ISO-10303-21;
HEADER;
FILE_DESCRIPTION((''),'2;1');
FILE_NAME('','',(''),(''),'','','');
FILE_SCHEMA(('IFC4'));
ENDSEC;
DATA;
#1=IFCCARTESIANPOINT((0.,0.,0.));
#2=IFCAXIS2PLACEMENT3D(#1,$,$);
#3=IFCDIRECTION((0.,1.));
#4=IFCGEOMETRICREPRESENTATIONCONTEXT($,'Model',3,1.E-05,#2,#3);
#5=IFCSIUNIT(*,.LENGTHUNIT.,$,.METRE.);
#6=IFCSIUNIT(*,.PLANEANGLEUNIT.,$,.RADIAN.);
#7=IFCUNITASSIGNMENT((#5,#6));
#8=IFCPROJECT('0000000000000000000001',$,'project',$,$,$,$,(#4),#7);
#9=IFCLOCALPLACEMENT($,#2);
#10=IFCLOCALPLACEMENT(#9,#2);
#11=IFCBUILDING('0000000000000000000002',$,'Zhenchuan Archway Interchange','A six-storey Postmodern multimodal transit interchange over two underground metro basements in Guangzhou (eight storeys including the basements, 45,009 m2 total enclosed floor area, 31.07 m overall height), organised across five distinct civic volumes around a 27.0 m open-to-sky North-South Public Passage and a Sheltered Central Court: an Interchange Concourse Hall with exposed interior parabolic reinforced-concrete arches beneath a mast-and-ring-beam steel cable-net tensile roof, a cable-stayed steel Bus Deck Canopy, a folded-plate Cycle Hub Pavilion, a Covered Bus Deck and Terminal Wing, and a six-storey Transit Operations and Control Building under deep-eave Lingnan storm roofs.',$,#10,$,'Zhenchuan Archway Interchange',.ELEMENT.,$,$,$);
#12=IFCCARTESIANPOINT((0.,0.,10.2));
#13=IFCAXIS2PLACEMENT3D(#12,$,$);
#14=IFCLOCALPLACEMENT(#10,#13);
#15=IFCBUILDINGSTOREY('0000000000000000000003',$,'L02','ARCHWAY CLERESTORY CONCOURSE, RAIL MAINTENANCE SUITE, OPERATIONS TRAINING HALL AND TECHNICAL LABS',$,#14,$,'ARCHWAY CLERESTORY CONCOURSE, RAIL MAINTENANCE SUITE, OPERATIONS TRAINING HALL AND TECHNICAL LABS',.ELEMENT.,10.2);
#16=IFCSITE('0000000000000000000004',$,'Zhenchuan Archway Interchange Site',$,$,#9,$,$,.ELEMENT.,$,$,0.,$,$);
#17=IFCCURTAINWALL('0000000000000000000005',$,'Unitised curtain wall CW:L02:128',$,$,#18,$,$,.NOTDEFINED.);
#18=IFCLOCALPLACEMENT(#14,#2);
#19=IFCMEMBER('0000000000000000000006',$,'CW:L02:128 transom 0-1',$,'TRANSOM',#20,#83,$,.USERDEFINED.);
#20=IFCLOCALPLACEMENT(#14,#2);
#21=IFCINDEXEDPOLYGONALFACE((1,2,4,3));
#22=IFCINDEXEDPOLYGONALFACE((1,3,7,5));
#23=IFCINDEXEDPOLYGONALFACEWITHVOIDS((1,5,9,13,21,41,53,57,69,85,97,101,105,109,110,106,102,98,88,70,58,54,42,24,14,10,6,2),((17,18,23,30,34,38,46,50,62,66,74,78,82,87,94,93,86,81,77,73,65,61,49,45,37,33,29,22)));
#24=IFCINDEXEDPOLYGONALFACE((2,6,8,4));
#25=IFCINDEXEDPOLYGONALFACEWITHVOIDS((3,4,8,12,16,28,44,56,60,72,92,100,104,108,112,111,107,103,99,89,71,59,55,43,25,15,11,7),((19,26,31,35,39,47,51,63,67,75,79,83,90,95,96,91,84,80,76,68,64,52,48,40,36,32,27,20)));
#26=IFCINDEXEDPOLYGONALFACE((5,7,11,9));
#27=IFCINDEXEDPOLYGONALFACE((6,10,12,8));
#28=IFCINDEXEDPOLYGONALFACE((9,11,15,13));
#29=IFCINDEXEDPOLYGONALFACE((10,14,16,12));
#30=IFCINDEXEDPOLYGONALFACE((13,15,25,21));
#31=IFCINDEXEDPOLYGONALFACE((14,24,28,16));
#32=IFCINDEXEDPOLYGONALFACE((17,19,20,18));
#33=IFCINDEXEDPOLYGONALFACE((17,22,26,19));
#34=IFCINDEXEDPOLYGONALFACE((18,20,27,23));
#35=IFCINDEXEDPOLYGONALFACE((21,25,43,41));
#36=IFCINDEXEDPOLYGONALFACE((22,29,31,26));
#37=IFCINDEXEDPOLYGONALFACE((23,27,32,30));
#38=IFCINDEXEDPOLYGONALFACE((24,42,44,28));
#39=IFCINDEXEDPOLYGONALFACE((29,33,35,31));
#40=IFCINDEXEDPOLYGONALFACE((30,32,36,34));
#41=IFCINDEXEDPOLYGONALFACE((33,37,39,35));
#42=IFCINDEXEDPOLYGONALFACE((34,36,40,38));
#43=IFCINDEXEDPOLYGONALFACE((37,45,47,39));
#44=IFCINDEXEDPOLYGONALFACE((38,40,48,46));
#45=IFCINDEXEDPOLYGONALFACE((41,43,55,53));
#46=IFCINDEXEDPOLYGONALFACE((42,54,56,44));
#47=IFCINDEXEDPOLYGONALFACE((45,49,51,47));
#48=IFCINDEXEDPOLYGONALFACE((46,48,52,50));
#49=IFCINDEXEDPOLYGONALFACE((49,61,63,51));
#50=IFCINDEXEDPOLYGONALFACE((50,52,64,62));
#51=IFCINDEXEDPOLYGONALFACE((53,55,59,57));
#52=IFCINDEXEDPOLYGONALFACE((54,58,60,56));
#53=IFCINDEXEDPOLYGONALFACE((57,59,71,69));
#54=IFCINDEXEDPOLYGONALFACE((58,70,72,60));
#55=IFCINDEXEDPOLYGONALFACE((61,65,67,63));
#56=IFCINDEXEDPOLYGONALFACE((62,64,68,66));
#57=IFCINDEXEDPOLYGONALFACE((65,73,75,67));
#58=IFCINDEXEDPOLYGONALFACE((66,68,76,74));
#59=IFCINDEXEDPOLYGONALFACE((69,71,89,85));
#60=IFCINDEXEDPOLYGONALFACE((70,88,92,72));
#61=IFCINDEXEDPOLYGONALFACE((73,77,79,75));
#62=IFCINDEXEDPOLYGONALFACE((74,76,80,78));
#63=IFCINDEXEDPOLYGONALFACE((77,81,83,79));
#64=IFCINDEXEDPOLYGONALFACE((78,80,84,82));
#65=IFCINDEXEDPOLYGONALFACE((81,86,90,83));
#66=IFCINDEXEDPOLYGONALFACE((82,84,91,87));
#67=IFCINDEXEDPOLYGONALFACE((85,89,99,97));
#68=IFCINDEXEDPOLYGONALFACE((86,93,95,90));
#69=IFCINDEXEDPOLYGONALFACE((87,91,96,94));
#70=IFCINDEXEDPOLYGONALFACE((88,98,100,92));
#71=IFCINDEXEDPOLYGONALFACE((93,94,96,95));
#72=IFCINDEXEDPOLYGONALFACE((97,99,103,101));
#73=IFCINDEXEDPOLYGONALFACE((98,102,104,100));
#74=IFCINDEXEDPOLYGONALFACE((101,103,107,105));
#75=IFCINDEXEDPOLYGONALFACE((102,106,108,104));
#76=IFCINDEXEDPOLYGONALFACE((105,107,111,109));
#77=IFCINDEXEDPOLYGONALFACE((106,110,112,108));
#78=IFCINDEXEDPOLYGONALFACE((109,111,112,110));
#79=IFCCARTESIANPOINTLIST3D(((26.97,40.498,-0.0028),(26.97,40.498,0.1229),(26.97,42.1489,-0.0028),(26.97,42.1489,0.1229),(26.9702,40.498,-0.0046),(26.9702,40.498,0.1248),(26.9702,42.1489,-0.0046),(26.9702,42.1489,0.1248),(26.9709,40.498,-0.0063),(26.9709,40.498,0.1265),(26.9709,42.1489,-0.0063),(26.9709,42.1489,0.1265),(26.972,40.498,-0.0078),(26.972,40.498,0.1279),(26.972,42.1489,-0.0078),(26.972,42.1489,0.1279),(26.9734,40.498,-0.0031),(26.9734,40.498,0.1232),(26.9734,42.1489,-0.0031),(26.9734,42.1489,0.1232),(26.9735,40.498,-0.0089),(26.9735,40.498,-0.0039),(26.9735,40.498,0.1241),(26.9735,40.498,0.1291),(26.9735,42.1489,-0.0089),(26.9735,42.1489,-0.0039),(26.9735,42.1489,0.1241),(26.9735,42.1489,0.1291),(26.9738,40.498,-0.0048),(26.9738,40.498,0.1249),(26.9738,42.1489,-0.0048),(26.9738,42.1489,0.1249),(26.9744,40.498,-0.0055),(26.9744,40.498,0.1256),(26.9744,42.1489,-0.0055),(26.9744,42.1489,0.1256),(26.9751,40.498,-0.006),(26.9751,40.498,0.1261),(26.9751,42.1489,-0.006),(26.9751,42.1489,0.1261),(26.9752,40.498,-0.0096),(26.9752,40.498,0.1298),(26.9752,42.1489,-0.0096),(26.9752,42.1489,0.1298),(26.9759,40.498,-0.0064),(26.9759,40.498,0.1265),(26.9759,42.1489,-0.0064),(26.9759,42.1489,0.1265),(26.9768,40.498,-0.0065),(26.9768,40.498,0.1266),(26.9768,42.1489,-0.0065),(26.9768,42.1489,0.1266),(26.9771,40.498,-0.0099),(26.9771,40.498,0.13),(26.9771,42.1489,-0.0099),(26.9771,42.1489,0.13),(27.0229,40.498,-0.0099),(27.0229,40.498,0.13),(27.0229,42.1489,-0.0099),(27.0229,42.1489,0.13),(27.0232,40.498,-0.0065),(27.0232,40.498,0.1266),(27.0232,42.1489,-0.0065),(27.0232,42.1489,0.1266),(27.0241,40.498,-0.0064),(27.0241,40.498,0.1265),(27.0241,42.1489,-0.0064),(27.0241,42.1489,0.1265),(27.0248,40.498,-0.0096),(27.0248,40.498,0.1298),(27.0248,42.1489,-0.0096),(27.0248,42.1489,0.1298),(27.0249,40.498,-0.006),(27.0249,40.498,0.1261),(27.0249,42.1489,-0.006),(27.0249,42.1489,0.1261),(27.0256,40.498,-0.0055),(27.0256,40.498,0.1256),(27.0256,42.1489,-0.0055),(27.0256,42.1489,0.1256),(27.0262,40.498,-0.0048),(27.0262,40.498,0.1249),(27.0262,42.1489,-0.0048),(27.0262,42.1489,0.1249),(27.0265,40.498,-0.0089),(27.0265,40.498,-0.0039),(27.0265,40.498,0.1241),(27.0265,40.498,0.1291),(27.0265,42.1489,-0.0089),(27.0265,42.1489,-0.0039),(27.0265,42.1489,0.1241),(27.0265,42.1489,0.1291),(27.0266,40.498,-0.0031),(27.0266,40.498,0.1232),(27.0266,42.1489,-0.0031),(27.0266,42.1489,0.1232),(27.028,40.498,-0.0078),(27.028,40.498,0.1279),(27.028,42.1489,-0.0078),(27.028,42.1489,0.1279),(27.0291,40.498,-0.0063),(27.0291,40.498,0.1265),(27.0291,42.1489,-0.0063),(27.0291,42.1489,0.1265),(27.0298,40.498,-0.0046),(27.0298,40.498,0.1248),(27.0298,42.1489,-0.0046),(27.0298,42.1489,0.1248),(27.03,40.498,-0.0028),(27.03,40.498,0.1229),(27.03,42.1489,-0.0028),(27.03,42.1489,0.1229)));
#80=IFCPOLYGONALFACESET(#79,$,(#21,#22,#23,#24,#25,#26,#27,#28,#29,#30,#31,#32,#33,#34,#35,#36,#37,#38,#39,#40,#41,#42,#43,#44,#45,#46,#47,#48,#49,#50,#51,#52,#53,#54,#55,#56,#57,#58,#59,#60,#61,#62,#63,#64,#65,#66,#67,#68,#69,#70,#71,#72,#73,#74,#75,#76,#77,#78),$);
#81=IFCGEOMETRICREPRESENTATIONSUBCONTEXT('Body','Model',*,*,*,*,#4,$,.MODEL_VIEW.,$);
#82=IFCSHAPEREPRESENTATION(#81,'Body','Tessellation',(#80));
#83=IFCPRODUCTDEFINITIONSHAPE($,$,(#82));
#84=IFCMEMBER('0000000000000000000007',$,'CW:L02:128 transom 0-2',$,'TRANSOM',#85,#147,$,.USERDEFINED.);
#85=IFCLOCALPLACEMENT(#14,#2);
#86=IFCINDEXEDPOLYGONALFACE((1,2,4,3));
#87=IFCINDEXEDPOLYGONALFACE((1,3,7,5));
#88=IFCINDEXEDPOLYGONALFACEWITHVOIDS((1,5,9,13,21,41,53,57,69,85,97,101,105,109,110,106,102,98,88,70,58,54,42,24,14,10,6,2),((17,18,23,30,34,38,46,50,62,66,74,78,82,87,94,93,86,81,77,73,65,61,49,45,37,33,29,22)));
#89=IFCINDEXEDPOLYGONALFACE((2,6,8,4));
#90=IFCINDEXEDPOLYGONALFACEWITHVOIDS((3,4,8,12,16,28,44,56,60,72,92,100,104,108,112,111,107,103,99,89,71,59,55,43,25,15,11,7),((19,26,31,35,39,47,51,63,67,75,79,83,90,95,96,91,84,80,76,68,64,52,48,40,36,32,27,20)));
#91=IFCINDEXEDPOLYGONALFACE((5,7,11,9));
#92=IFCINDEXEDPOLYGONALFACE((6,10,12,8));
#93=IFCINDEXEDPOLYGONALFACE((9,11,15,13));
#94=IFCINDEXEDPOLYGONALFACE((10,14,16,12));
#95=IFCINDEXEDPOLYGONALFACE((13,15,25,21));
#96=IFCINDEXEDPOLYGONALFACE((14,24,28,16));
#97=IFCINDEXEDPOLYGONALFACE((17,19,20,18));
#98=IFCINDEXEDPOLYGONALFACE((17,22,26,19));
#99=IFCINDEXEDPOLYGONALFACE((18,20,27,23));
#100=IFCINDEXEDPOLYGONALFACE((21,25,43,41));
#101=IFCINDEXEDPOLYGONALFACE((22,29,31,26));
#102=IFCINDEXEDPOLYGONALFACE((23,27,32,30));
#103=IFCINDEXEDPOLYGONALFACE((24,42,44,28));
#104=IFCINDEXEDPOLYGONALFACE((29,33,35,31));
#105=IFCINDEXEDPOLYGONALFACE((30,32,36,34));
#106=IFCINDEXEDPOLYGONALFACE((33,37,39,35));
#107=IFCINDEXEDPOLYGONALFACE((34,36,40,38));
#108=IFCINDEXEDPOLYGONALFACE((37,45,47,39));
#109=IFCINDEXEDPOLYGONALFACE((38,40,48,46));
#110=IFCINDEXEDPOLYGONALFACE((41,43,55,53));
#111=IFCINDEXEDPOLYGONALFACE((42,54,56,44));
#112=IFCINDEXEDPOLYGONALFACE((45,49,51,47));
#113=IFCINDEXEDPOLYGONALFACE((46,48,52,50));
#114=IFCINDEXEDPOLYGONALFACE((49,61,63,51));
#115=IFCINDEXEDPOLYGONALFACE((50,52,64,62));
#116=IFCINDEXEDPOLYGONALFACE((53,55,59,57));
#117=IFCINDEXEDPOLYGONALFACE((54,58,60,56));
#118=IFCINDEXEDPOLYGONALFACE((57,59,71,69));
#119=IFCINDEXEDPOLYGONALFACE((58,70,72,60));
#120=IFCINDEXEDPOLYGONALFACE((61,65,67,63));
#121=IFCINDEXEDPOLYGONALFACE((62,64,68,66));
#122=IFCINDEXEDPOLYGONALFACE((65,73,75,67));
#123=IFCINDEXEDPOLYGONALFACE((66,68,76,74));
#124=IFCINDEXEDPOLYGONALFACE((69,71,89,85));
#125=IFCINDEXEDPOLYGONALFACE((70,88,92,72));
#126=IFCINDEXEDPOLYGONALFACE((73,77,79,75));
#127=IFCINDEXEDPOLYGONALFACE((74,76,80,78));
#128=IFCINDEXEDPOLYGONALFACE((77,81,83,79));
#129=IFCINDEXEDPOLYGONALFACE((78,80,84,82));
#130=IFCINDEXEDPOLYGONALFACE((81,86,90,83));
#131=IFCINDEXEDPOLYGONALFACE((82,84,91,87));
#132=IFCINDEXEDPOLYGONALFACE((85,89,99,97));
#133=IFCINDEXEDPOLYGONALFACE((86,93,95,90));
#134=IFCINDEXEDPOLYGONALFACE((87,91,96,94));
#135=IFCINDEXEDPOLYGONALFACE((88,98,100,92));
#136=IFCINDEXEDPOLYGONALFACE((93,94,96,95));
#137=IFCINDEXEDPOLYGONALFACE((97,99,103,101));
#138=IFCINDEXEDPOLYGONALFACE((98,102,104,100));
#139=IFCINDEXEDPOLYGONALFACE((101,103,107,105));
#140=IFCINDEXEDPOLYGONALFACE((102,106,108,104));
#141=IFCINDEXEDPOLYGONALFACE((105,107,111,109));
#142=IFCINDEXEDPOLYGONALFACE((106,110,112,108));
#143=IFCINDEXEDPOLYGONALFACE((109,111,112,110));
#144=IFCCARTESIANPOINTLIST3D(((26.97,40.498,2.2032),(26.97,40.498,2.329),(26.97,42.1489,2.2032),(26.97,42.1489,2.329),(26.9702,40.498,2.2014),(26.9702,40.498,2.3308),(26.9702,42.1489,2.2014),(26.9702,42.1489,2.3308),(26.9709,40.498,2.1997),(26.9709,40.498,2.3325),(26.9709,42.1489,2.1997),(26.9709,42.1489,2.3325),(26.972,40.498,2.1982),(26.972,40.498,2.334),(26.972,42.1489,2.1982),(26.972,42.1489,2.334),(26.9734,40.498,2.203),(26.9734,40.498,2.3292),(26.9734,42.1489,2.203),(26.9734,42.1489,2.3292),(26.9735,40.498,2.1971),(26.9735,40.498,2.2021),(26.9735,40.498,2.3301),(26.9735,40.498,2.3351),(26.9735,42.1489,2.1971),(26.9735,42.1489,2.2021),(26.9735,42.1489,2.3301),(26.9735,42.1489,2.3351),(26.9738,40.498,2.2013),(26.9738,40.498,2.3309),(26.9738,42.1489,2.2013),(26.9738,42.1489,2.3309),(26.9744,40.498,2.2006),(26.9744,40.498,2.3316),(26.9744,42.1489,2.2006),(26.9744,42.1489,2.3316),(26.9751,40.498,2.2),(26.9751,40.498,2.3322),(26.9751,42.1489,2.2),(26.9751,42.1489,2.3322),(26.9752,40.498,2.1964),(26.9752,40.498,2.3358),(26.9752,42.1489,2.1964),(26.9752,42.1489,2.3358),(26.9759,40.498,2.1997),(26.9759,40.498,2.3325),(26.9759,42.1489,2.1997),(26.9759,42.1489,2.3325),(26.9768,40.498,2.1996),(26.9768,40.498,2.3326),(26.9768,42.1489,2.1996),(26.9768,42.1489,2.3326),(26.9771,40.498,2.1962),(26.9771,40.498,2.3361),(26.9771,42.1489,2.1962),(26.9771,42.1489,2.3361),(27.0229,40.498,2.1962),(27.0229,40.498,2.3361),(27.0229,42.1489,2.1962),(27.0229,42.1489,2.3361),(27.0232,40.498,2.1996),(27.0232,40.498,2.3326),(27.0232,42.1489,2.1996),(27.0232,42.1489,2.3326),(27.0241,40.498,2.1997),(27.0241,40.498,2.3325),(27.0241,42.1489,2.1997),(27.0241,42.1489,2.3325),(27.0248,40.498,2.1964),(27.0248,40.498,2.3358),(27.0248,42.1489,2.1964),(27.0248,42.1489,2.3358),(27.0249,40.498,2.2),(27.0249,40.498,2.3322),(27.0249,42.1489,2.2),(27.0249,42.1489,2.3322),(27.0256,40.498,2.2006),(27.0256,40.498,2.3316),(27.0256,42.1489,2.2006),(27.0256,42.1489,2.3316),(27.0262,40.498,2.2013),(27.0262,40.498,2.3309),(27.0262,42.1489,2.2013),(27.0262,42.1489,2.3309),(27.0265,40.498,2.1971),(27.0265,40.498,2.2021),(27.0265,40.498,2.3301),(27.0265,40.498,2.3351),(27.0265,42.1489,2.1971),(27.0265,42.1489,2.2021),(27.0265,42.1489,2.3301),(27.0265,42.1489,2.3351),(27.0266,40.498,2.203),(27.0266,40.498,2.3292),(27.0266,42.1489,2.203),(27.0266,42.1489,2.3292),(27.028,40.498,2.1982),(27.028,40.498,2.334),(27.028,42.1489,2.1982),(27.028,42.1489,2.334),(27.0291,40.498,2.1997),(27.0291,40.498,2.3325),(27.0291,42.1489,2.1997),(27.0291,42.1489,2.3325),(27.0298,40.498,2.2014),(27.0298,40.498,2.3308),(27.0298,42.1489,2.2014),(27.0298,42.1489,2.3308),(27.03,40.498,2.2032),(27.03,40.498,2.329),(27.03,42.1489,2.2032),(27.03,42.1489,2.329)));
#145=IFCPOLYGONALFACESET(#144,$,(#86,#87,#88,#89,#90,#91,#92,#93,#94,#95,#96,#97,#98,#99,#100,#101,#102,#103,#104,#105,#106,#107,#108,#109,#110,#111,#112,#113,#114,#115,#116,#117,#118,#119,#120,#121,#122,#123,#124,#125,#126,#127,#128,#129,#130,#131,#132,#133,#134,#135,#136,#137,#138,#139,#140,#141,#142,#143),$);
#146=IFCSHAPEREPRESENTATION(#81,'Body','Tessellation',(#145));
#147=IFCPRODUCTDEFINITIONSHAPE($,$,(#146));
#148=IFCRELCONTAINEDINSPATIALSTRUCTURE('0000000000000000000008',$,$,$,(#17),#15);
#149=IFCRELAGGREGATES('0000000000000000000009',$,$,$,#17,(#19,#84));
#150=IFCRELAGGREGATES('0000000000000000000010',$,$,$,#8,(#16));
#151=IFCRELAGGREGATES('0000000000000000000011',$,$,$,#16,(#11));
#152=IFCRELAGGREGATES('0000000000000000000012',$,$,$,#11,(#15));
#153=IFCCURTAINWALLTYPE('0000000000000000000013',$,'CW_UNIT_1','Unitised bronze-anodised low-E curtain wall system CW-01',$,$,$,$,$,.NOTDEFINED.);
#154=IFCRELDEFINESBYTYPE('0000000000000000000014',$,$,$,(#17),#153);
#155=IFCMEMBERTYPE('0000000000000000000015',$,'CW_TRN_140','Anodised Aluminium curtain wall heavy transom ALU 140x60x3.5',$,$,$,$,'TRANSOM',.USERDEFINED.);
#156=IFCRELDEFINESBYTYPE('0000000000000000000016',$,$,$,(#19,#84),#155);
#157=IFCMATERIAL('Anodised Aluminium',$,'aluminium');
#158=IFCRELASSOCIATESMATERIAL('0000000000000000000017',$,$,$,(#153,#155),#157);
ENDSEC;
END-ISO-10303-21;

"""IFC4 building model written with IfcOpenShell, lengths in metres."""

from ifc_helpers import new_model, si_unit, direction, frame, origin, origin_2d, place, context, subcontext, project, spatial, hollow_rectangle, extrude, material, material_profile, profile_set, type_object, element, aggregate, save


model = new_model("IFC4")

# Units and contexts
model_context = context("Model", 3, precision=1e-05, world=origin(), true_north=direction((0.0, 1.0)))
body_context = subcontext(model_context, "Body", "Model", "MODEL_VIEW")
ifc_project = project(units=[si_unit("LENGTHUNIT", "METRE"), si_unit("PLANEANGLEUNIT", "RADIAN")], contexts=[model_context])

# Site, building, storey
site_placement = place(None, origin())
site = spatial("IfcSite", under=ifc_project, at=site_placement, Name="Zhenchuan Archway Interchange Site", CompositionType="ELEMENT", RefElevation=0.0)
building_placement = place(site_placement, origin())
building = spatial("IfcBuilding", under=site, at=building_placement, Name="Zhenchuan Archway Interchange", Description="A six-storey Postmodern multimodal transit interchange over two underground metro basements in Guangzhou (eight storeys including the basements, 45,009 m2 total enclosed floor area, 31.07 m overall height), organised across five distinct civic volumes around a 27.0 m open-to-sky North-South Public Passage and a Sheltered Central Court: an Interchange Concourse Hall with exposed interior parabolic reinforced-concrete arches beneath a mast-and-ring-beam steel cable-net tensile roof, a cable-stayed steel Bus Deck Canopy, a folded-plate Cycle Hub Pavilion, a Covered Bus Deck and Terminal Wing, and a six-storey Transit Operations and Control Building under deep-eave Lingnan storm roofs.", LongName="Zhenchuan Archway Interchange", CompositionType="ELEMENT")
storey_placement = place(building_placement, frame((0.0, 0.0, 10.2)))
storey = spatial("IfcBuildingStorey", under=building, at=storey_placement, Name="L02", Description="ARCHWAY CLERESTORY CONCOURSE, RAIL MAINTENANCE SUITE, OPERATIONS TRAINING HALL AND TECHNICAL LABS", LongName="ARCHWAY CLERESTORY CONCOURSE, RAIL MAINTENANCE SUITE, OPERATIONS TRAINING HALL AND TECHNICAL LABS", CompositionType="ELEMENT", Elevation=10.2)

# Curtain wall, members
ifc_material_1 = material(Name="Anodised Aluminium", Category="aluminium")
curtain_wall_type = type_object("IfcCurtainWallType", Name="CW_UNIT_1", Description="Unitised bronze-anodised low-E curtain wall system CW-01", PredefinedType="NOTDEFINED", material=ifc_material_1)
curtain_wall_placement = place(storey_placement, origin())
curtain_wall = element("IfcCurtainWall", 1, at=curtain_wall_placement, inside=storey, type_object=curtain_wall_type, Name="Unitised curtain wall CW:L02:128", PredefinedType="NOTDEFINED")
ifc_material_profile_1 = material_profile(ifc_material_1, hollow_rectangle(XDim=0.0601, YDim=0.1399, WallThickness=0.0034, InnerFilletRadius=0.0034, OuterFilletRadius=0.0071, at=origin_2d()), Name="ALU 140x60x3.5")
ifc_profile_set_1 = profile_set([ifc_material_profile_1], Name="Anodised Aluminium")
member_type_1 = type_object("IfcMemberType", Name="CW_TRN_140", Description="Anodised Aluminium curtain wall heavy transom ALU 140x60x3.5", ElementType="TRANSOM", PredefinedType="USERDEFINED", material=ifc_profile_set_1)
member_1_placement = place(storey_placement, frame((27.0, 40.498, 0.0601), z_axis=(0.0, 1.0, 0.0), x_axis=(-1.0, 0.0, 0.0)))
member_1 = element("IfcMember", 2, at=member_1_placement, type_object=member_type_1, Name="CW:L02:128 transom 0-1", ObjectType="TRANSOM", PredefinedType="USERDEFINED", context=body_context, shape_type="SweptSolid", body=[
    extrude(hollow_rectangle(XDim=0.0601, YDim=0.1399, WallThickness=0.0034, InnerFilletRadius=0.0034, OuterFilletRadius=0.0071, at=origin_2d()), origin(), (0.0, 0.0, 1.0), 1.6509),
])
member_2_placement = place(storey_placement, frame((27.0, 40.498, 2.2661), z_axis=(0.0, 1.0, 0.0), x_axis=(-1.0, 0.0, 0.0)))
member_2 = element("IfcMember", 3, at=member_2_placement, type_object=member_type_1, Name="CW:L02:128 transom 0-2", ObjectType="TRANSOM", PredefinedType="USERDEFINED", context=body_context, shape_type="SweptSolid", body=[
    extrude(hollow_rectangle(XDim=0.0601, YDim=0.1399, WallThickness=0.0034, InnerFilletRadius=0.0034, OuterFilletRadius=0.0071, at=origin_2d()), origin(), (0.0, 0.0, 1.0), 1.6509),
])
aggregate(curtain_wall, [member_1, member_2])

save(model, "model.ifc")
